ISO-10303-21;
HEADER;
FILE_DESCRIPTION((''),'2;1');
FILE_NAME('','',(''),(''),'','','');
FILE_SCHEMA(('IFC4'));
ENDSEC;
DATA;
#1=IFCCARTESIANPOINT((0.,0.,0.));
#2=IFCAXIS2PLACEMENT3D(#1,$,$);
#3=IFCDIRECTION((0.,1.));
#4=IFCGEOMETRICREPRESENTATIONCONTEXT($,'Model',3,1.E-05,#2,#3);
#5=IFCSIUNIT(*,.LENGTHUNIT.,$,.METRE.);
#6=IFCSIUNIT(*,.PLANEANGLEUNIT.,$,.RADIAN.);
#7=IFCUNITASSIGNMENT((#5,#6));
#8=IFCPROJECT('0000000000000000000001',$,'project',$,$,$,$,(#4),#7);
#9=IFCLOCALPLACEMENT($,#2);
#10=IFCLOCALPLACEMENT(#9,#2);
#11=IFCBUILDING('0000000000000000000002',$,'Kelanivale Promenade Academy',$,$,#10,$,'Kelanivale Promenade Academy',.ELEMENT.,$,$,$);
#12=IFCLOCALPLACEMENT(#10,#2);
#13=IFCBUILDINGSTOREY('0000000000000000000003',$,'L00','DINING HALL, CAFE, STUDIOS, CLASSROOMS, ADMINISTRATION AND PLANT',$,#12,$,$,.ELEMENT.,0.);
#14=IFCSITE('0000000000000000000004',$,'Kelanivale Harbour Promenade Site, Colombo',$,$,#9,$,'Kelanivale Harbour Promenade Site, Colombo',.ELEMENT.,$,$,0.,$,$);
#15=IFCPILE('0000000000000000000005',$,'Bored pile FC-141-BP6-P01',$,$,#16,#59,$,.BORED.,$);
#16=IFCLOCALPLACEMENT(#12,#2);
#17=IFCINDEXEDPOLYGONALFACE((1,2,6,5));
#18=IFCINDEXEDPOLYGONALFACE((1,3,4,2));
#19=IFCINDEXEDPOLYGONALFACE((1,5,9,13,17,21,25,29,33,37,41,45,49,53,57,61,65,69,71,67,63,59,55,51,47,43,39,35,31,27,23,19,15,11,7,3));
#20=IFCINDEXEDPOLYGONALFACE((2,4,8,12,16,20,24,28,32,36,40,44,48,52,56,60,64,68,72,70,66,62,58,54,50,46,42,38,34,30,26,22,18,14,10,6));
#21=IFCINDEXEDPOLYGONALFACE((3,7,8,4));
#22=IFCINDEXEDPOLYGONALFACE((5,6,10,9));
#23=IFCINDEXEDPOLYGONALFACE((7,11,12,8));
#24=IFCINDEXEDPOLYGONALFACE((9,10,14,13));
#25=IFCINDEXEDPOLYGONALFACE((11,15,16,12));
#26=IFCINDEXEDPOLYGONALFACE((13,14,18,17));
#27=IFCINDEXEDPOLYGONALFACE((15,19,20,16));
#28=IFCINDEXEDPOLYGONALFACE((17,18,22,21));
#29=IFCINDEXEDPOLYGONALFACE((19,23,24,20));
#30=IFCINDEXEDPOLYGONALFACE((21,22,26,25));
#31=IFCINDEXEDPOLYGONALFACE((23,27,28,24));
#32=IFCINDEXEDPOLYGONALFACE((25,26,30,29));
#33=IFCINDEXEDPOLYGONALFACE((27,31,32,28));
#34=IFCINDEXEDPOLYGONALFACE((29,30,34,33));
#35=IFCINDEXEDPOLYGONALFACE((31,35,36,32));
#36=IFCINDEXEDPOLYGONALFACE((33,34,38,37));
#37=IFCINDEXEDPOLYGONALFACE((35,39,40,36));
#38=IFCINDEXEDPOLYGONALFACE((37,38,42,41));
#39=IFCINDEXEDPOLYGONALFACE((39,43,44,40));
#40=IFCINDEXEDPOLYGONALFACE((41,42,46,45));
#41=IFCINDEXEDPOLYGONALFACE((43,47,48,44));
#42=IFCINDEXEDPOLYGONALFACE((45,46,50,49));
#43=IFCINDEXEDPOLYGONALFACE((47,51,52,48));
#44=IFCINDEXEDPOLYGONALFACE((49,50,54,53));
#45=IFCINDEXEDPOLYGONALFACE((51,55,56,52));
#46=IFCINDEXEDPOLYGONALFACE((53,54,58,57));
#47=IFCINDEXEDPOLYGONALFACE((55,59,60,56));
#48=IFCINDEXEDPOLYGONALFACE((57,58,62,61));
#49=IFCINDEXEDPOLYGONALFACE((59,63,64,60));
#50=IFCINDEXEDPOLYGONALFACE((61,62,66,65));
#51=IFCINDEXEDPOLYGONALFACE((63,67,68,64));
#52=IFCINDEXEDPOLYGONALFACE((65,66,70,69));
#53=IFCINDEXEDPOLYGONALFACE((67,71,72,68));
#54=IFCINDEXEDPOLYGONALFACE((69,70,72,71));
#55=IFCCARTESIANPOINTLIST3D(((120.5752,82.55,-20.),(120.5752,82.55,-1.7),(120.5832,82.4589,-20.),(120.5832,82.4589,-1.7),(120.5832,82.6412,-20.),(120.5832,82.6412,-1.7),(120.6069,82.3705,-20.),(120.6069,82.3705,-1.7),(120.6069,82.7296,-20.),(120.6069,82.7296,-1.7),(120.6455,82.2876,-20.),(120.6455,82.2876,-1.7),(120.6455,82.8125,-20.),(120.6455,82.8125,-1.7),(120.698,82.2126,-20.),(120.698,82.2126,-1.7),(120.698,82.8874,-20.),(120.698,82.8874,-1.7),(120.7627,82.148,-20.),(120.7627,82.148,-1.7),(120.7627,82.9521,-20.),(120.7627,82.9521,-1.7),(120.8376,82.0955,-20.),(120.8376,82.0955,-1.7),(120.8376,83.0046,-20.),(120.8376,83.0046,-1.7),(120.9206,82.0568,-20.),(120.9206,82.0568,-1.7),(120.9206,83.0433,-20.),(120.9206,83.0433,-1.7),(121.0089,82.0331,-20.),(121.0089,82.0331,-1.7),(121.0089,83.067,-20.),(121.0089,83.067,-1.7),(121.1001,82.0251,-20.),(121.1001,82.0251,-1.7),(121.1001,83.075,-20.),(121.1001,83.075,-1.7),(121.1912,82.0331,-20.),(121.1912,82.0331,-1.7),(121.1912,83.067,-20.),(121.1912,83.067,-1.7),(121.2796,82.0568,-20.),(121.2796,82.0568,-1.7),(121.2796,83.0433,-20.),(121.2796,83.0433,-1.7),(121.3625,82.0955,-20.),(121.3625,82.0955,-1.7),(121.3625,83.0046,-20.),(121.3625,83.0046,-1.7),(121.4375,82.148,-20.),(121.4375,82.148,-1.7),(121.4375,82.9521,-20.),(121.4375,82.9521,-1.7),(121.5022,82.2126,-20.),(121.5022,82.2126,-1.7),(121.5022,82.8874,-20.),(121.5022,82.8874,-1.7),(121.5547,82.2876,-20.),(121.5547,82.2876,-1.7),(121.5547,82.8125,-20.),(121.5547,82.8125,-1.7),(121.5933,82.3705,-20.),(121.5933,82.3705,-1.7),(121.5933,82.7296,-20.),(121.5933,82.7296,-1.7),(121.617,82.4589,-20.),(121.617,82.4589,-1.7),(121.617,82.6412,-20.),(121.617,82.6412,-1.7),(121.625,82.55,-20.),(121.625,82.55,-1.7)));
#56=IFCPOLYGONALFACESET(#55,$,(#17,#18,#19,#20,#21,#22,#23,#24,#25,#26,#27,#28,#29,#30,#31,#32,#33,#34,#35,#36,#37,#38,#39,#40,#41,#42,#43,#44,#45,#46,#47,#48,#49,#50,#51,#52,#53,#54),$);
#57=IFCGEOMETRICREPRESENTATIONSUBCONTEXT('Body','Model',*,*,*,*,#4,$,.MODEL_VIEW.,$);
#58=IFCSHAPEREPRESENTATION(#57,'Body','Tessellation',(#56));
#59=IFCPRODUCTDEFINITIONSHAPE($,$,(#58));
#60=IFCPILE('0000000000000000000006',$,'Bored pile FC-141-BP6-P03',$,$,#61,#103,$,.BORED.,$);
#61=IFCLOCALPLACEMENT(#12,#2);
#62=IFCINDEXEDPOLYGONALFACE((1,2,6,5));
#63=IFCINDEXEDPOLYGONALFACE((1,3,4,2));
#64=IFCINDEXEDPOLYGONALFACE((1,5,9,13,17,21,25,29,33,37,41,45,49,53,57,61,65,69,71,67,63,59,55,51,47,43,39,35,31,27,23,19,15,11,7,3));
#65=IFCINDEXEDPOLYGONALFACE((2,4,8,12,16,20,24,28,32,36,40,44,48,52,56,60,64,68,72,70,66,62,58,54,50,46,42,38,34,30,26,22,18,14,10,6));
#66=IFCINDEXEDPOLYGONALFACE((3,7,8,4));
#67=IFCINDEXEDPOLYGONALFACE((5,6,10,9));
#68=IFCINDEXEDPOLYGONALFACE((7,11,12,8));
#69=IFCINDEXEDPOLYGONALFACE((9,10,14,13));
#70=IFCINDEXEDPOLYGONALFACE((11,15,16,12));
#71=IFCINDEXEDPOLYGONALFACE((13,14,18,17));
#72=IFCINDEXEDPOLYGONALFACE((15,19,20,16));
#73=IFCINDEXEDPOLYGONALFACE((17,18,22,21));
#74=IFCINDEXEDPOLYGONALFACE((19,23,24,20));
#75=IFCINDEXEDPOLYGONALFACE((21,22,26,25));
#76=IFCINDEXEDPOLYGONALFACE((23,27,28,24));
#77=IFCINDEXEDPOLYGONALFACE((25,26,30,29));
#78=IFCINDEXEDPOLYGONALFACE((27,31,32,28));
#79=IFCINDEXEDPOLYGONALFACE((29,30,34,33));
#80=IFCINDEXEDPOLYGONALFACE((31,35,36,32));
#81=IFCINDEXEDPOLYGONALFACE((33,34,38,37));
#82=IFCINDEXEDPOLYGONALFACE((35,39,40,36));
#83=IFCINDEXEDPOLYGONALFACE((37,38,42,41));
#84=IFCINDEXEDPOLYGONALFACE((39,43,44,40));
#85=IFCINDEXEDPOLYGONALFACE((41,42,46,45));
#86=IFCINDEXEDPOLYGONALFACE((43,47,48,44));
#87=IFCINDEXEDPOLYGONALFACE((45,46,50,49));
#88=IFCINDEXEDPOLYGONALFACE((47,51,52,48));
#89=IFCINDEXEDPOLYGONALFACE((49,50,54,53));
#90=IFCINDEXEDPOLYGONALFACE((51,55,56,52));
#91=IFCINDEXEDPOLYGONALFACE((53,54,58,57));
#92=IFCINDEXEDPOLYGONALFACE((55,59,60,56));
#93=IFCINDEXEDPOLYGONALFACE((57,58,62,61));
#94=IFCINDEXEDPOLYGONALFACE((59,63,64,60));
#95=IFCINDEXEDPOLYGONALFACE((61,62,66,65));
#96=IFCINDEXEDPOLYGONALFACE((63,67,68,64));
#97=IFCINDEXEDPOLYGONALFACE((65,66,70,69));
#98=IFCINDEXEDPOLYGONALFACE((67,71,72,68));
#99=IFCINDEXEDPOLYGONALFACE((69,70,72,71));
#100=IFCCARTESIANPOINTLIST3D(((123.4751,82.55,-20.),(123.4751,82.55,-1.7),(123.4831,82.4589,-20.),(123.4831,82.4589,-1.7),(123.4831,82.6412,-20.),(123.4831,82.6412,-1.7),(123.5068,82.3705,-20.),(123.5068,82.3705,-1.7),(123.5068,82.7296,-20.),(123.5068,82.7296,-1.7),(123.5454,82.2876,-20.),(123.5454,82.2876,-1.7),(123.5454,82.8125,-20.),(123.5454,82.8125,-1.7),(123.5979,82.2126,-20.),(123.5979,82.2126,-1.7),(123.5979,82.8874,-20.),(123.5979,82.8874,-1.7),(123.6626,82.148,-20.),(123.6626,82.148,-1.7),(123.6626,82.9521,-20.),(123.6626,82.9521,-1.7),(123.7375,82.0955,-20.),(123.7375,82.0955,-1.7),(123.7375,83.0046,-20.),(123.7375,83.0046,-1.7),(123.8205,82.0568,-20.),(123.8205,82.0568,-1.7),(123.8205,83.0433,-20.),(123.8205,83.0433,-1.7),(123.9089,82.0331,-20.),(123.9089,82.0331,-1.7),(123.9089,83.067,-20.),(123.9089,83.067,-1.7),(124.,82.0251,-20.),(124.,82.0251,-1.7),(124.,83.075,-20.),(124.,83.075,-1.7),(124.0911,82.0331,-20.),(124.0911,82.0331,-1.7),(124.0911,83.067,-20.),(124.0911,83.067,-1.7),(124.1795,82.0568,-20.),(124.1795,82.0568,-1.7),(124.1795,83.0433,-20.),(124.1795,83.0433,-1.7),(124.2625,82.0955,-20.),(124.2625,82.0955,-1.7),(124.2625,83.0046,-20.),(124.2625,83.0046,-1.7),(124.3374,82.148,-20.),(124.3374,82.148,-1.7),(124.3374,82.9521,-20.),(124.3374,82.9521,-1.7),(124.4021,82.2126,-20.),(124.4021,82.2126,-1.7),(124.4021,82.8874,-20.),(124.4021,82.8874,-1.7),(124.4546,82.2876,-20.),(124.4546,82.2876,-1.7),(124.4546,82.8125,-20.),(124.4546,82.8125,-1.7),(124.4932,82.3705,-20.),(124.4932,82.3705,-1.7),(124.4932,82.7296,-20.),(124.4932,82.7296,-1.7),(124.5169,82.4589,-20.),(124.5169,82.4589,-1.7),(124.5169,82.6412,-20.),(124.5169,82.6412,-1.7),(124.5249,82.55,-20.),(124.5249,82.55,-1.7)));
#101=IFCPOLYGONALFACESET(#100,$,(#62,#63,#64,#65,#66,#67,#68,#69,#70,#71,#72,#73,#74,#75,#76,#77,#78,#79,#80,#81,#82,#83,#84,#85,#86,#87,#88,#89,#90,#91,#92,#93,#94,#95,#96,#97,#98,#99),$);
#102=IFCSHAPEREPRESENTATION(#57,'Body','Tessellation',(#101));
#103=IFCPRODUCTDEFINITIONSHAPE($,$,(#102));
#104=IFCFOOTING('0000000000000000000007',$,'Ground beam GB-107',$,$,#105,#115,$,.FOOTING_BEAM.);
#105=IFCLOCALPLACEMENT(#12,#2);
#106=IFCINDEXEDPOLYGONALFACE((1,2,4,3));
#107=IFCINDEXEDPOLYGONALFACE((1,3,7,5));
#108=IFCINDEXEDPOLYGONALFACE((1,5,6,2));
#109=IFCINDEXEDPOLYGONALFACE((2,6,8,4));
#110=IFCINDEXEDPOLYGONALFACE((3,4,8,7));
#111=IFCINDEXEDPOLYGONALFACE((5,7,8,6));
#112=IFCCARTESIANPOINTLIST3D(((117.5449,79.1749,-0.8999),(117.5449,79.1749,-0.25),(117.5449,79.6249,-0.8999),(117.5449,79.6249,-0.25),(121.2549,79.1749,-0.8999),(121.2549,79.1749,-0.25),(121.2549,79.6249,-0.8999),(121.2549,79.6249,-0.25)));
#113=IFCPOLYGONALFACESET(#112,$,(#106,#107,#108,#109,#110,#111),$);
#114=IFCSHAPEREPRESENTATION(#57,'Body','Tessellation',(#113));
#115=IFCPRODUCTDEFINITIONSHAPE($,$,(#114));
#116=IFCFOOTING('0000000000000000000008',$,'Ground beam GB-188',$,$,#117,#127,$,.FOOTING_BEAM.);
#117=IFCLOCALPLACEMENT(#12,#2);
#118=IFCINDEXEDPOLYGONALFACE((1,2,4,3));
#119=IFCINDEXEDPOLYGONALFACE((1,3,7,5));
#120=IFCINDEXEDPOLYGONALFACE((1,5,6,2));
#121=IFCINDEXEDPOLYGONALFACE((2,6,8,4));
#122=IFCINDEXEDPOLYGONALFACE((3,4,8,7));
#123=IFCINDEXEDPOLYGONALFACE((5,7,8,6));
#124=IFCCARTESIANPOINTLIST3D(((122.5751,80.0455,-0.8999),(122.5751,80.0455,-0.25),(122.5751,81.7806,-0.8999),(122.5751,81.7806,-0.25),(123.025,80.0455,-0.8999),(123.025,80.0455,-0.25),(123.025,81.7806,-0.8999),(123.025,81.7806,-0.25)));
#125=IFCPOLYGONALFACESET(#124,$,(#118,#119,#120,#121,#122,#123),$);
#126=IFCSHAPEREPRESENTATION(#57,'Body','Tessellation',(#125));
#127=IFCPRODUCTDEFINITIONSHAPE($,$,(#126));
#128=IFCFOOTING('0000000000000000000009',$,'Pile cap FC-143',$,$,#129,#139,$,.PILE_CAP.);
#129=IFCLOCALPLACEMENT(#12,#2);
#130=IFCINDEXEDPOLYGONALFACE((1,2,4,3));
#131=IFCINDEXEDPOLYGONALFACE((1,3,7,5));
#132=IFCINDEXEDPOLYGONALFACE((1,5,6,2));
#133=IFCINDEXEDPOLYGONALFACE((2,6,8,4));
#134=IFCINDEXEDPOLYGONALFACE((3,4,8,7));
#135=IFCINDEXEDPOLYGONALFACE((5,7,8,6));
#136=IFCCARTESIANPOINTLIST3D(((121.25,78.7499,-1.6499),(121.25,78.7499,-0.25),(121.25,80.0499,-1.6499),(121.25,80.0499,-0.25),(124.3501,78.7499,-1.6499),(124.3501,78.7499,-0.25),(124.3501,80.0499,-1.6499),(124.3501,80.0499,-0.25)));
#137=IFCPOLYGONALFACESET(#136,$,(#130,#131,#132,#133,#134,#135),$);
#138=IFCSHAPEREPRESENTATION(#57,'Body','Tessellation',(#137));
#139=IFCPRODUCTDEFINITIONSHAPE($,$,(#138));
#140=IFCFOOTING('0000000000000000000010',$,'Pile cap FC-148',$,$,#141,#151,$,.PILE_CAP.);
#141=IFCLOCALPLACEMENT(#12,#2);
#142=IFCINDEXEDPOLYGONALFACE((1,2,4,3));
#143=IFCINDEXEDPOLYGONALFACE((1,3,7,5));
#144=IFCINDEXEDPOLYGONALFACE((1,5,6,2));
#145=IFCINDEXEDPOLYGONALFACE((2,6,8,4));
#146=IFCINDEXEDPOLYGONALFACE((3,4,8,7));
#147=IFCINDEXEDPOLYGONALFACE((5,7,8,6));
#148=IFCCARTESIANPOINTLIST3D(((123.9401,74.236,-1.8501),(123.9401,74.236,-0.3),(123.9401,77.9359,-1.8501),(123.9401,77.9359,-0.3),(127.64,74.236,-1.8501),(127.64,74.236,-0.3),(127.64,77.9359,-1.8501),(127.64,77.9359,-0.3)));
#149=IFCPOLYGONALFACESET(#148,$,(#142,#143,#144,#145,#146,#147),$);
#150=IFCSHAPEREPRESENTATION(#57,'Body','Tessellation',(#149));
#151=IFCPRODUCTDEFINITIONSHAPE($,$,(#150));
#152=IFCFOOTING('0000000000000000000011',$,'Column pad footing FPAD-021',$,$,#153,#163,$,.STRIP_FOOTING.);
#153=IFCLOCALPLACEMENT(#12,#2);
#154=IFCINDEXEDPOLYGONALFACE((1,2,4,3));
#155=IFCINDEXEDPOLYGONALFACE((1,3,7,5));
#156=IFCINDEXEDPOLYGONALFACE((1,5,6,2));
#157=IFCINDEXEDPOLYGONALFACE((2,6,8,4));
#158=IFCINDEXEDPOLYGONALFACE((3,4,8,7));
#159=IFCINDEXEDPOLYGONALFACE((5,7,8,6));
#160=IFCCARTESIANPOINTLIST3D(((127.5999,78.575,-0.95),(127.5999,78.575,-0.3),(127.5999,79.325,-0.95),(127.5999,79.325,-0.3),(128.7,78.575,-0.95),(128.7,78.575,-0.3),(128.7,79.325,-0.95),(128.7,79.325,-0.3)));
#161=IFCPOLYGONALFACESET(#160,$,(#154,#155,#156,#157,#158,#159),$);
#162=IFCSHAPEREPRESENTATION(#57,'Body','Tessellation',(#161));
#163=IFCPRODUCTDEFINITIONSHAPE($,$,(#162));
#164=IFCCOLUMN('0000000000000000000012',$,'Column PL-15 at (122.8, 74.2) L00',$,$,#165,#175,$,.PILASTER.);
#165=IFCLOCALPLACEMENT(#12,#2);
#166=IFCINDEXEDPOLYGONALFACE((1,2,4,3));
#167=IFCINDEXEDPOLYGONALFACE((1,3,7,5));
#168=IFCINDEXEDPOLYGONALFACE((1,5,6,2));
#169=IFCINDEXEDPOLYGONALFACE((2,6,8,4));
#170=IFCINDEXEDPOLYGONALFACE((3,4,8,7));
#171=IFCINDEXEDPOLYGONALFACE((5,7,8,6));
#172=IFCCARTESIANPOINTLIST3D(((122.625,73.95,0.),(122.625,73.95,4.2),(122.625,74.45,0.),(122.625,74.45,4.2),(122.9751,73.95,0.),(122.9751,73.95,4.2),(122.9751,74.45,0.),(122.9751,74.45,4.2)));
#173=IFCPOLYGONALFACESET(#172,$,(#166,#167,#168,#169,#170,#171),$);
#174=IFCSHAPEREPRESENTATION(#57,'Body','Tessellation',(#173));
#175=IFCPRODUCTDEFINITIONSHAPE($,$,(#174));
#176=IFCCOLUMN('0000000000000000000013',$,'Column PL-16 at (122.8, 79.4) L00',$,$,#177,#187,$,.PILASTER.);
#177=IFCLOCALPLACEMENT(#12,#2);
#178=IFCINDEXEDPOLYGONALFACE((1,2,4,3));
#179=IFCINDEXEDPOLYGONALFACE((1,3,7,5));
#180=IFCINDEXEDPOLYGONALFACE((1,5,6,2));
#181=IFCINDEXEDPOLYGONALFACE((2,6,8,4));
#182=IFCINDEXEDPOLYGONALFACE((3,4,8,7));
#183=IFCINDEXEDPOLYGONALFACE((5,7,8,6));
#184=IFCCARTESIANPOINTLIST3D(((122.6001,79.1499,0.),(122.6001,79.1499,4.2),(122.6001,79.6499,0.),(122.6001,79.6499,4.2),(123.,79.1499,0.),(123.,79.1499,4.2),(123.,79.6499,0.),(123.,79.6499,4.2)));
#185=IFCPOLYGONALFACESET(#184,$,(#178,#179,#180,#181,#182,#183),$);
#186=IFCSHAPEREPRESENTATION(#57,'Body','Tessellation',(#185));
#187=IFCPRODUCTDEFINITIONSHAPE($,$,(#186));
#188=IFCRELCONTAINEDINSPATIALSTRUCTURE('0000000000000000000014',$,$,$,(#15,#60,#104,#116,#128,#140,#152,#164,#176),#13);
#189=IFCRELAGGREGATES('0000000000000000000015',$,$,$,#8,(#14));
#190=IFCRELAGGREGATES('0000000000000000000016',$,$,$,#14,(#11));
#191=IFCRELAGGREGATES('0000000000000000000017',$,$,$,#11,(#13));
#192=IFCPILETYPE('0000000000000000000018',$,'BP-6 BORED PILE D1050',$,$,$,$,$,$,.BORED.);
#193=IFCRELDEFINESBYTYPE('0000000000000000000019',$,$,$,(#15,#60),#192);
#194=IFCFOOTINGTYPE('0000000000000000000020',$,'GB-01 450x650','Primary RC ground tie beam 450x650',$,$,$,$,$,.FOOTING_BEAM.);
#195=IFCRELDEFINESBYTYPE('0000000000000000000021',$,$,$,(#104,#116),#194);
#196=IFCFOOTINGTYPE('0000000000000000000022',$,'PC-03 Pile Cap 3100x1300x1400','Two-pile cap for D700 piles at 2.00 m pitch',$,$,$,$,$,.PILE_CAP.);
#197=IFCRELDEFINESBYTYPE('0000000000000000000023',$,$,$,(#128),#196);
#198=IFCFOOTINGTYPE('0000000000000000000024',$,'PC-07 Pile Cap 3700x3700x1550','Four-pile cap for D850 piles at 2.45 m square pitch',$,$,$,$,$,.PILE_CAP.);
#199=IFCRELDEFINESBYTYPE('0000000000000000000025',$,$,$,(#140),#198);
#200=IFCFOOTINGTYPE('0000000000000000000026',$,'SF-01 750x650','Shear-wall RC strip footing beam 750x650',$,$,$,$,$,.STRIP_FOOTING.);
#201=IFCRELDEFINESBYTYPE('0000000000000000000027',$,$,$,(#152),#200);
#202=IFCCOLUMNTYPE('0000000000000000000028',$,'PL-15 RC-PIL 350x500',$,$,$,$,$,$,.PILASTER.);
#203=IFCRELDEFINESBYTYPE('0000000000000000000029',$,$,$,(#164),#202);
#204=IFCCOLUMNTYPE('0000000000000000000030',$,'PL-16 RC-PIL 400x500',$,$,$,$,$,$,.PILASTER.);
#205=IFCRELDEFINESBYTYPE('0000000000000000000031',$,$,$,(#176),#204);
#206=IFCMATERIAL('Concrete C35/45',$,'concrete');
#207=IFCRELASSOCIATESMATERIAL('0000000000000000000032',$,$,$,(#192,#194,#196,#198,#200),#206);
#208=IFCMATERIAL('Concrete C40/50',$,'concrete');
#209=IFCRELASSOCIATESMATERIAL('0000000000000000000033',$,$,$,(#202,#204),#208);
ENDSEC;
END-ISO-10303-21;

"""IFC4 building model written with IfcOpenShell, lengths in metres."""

from ifc_helpers import new_model, si_unit, direction, frame, origin, origin_2d, place, context, subcontext, project, spatial, rectangle, circle, extrude, material, material_profile, profile_set, type_object, element, save


model = new_model("IFC4")

# Units and contexts
model_context = context("Model", 3, precision=1e-05, world=origin(), true_north=direction((0.0, 1.0)))
body_context = subcontext(model_context, "Body", "Model", "MODEL_VIEW")
ifc_project = project(units=[si_unit("LENGTHUNIT", "METRE"), si_unit("PLANEANGLEUNIT", "RADIAN")], contexts=[model_context])

# Site, building, storey
site_placement = place(None, origin())
site = spatial("IfcSite", under=ifc_project, at=site_placement, Name="Kelanivale Harbour Promenade Site, Colombo", LongName="Kelanivale Harbour Promenade Site, Colombo", CompositionType="ELEMENT", RefElevation=0.0)
building_placement = place(site_placement, origin())
building = spatial("IfcBuilding", under=site, at=building_placement, Name="Kelanivale Promenade Academy", LongName="Kelanivale Promenade Academy", CompositionType="ELEMENT")
storey_placement = place(building_placement, origin())
storey = spatial("IfcBuildingStorey", under=building, at=storey_placement, Name="L00", Description="DINING HALL, CAFE, STUDIOS, CLASSROOMS, ADMINISTRATION AND PLANT", CompositionType="ELEMENT", Elevation=0.0)

# Piles
ifc_material_1 = material(Name="Concrete C35/45", Category="concrete")
ifc_material_profile_1 = material_profile(ifc_material_1, circle(Radius=0.5249, at=origin_2d()), Name="BORED PILE D1050")
ifc_profile_set_1 = profile_set([ifc_material_profile_1], Name="Concrete C35/45")
pile_type_1 = type_object("IfcPileType", Name="BP-6 BORED PILE D1050", PredefinedType="BORED", material=ifc_profile_set_1)
for number, where, z_axis, x_axis, name in (
    (1, (121.1001, 82.55, -1.7), (0.0, 0.0, -1.0), (1.0, 0.0, 0.0), "Bored pile FC-141-BP6-P01"),
    (2, (124.0, 82.55, -1.7), (0.0, 0.0, -1.0), (1.0, 0.0, 0.0), "Bored pile FC-141-BP6-P03"),
):
    element("IfcPile", number, at=place(storey_placement, frame(where, z_axis=z_axis, x_axis=x_axis)), inside=storey, type_object=pile_type_1, Name=name, PredefinedType="BORED", context=body_context, shape_type="SweptSolid", body=[
        extrude(circle(Radius=0.5249, at=origin_2d()), origin(), (0.0, 0.0, 1.0), 18.3),
    ])

# Footings
footing_type_1 = type_object("IfcFootingType", Name="GB-01 450x650", Description="Primary RC ground tie beam 450x650", PredefinedType="FOOTING_BEAM", material=ifc_material_1)
footing_1_placement = place(storey_placement, frame((119.3999, 79.3999, -0.8999), z_axis=(0.0, 0.0, 1.0), x_axis=(1.0, 0.0, 0.0)))
element("IfcFooting", 3, at=footing_1_placement, inside=storey, type_object=footing_type_1, Name="Ground beam GB-107", PredefinedType="FOOTING_BEAM", context=body_context, shape_type="SweptSolid", body=[
    extrude(rectangle(XDim=3.71, YDim=0.45, at=origin_2d()), origin(), (0.0, 0.0, 1.0), 0.6499),
])
footing_2_placement = place(storey_placement, frame((122.8, 80.9131, -0.8999), z_axis=(0.0, 0.0, 1.0), x_axis=(0.0, 1.0, 0.0)))
element("IfcFooting", 4, at=footing_2_placement, inside=storey, type_object=footing_type_1, Name="Ground beam GB-188", PredefinedType="FOOTING_BEAM", context=body_context, shape_type="SweptSolid", body=[
    extrude(rectangle(XDim=1.7351, YDim=0.45, at=origin_2d()), origin(), (0.0, 0.0, 1.0), 0.6499),
])
footing_type_2 = type_object("IfcFootingType", Name="PC-03 Pile Cap 3100x1300x1400", Description="Two-pile cap for D700 piles at 2.00 m pitch", PredefinedType="PILE_CAP", material=ifc_material_1)
footing_3_placement = place(storey_placement, frame((122.8, 79.3999, -1.6499), z_axis=(0.0, 0.0, 1.0), x_axis=(1.0, 0.0, 0.0)))
element("IfcFooting", 5, at=footing_3_placement, inside=storey, type_object=footing_type_2, Name="Pile cap FC-143", PredefinedType="PILE_CAP", context=body_context, shape_type="SweptSolid", body=[
    extrude(rectangle(XDim=3.1001, YDim=1.3, at=origin_2d()), origin(), (0.0, 0.0, 1.0), 1.3999),
])
footing_type_3 = type_object("IfcFootingType", Name="PC-07 Pile Cap 3700x3700x1550", Description="Four-pile cap for D850 piles at 2.45 m square pitch", PredefinedType="PILE_CAP", material=ifc_material_1)
footing_4_placement = place(storey_placement, frame((125.79, 76.0859, -1.8501), z_axis=(0.0, 0.0, 1.0), x_axis=(1.0, 0.0, 0.0)))
element("IfcFooting", 6, at=footing_4_placement, inside=storey, type_object=footing_type_3, Name="Pile cap FC-148", PredefinedType="PILE_CAP", context=body_context, shape_type="SweptSolid", body=[
    extrude(rectangle(XDim=3.7, YDim=3.7, at=origin_2d()), origin(), (0.0, 0.0, 1.0), 1.55),
])
footing_type_4 = type_object("IfcFootingType", Name="SF-01 750x650", Description="Shear-wall RC strip footing beam 750x650", PredefinedType="STRIP_FOOTING", material=ifc_material_1)
footing_5_placement = place(storey_placement, frame((128.1499, 78.95, -0.95), z_axis=(0.0, 0.0, 1.0), x_axis=(1.0, 0.0, 0.0)))
element("IfcFooting", 7, at=footing_5_placement, inside=storey, type_object=footing_type_4, Name="Column pad footing FPAD-021", PredefinedType="STRIP_FOOTING", context=body_context, shape_type="SweptSolid", body=[
    extrude(rectangle(XDim=1.1001, YDim=0.75, at=origin_2d()), origin(), (0.0, 0.0, 1.0), 0.6499),
])

# Columns
ifc_material_2 = material(Name="Concrete C40/50", Category="concrete")
ifc_material_profile_2 = material_profile(ifc_material_2, rectangle(XDim=0.3501, YDim=0.5, at=origin_2d()), Name="RC-PIL 350x500")
ifc_profile_set_2 = profile_set([ifc_material_profile_2], Name="Concrete C40/50")
column_type_1 = type_object("IfcColumnType", Name="PL-15 RC-PIL 350x500", PredefinedType="PILASTER", material=ifc_profile_set_2)
column_1_placement = place(storey_placement, frame((122.8, 74.2, 0.0), z_axis=(0.0, 0.0, 1.0), x_axis=(1.0, 0.0, 0.0)))
element("IfcColumn", 8, at=column_1_placement, inside=storey, type_object=column_type_1, Name="Column PL-15 at (122.8, 74.2) L00", PredefinedType="PILASTER", context=body_context, shape_type="SweptSolid", body=[
    extrude(rectangle(XDim=0.3501, YDim=0.5, at=origin_2d()), origin(), (0.0, 0.0, 1.0), 4.2),
])
ifc_material_profile_3 = material_profile(ifc_material_2, rectangle(XDim=0.3999, YDim=0.5, at=origin_2d()), Name="RC-PIL 400x500")
ifc_profile_set_3 = profile_set([ifc_material_profile_3], Name="Concrete C40/50")
column_type_2 = type_object("IfcColumnType", Name="PL-16 RC-PIL 400x500", PredefinedType="PILASTER", material=ifc_profile_set_3)
column_2_placement = place(storey_placement, frame((122.8, 79.3999, 0.0), z_axis=(0.0, 0.0, 1.0), x_axis=(1.0, 0.0, 0.0)))
element("IfcColumn", 9, at=column_2_placement, inside=storey, type_object=column_type_2, Name="Column PL-16 at (122.8, 79.4) L00", PredefinedType="PILASTER", context=body_context, shape_type="SweptSolid", body=[
    extrude(rectangle(XDim=0.3999, YDim=0.5, at=origin_2d()), origin(), (0.0, 0.0, 1.0), 4.2),
])

save(model, "model.ifc")
